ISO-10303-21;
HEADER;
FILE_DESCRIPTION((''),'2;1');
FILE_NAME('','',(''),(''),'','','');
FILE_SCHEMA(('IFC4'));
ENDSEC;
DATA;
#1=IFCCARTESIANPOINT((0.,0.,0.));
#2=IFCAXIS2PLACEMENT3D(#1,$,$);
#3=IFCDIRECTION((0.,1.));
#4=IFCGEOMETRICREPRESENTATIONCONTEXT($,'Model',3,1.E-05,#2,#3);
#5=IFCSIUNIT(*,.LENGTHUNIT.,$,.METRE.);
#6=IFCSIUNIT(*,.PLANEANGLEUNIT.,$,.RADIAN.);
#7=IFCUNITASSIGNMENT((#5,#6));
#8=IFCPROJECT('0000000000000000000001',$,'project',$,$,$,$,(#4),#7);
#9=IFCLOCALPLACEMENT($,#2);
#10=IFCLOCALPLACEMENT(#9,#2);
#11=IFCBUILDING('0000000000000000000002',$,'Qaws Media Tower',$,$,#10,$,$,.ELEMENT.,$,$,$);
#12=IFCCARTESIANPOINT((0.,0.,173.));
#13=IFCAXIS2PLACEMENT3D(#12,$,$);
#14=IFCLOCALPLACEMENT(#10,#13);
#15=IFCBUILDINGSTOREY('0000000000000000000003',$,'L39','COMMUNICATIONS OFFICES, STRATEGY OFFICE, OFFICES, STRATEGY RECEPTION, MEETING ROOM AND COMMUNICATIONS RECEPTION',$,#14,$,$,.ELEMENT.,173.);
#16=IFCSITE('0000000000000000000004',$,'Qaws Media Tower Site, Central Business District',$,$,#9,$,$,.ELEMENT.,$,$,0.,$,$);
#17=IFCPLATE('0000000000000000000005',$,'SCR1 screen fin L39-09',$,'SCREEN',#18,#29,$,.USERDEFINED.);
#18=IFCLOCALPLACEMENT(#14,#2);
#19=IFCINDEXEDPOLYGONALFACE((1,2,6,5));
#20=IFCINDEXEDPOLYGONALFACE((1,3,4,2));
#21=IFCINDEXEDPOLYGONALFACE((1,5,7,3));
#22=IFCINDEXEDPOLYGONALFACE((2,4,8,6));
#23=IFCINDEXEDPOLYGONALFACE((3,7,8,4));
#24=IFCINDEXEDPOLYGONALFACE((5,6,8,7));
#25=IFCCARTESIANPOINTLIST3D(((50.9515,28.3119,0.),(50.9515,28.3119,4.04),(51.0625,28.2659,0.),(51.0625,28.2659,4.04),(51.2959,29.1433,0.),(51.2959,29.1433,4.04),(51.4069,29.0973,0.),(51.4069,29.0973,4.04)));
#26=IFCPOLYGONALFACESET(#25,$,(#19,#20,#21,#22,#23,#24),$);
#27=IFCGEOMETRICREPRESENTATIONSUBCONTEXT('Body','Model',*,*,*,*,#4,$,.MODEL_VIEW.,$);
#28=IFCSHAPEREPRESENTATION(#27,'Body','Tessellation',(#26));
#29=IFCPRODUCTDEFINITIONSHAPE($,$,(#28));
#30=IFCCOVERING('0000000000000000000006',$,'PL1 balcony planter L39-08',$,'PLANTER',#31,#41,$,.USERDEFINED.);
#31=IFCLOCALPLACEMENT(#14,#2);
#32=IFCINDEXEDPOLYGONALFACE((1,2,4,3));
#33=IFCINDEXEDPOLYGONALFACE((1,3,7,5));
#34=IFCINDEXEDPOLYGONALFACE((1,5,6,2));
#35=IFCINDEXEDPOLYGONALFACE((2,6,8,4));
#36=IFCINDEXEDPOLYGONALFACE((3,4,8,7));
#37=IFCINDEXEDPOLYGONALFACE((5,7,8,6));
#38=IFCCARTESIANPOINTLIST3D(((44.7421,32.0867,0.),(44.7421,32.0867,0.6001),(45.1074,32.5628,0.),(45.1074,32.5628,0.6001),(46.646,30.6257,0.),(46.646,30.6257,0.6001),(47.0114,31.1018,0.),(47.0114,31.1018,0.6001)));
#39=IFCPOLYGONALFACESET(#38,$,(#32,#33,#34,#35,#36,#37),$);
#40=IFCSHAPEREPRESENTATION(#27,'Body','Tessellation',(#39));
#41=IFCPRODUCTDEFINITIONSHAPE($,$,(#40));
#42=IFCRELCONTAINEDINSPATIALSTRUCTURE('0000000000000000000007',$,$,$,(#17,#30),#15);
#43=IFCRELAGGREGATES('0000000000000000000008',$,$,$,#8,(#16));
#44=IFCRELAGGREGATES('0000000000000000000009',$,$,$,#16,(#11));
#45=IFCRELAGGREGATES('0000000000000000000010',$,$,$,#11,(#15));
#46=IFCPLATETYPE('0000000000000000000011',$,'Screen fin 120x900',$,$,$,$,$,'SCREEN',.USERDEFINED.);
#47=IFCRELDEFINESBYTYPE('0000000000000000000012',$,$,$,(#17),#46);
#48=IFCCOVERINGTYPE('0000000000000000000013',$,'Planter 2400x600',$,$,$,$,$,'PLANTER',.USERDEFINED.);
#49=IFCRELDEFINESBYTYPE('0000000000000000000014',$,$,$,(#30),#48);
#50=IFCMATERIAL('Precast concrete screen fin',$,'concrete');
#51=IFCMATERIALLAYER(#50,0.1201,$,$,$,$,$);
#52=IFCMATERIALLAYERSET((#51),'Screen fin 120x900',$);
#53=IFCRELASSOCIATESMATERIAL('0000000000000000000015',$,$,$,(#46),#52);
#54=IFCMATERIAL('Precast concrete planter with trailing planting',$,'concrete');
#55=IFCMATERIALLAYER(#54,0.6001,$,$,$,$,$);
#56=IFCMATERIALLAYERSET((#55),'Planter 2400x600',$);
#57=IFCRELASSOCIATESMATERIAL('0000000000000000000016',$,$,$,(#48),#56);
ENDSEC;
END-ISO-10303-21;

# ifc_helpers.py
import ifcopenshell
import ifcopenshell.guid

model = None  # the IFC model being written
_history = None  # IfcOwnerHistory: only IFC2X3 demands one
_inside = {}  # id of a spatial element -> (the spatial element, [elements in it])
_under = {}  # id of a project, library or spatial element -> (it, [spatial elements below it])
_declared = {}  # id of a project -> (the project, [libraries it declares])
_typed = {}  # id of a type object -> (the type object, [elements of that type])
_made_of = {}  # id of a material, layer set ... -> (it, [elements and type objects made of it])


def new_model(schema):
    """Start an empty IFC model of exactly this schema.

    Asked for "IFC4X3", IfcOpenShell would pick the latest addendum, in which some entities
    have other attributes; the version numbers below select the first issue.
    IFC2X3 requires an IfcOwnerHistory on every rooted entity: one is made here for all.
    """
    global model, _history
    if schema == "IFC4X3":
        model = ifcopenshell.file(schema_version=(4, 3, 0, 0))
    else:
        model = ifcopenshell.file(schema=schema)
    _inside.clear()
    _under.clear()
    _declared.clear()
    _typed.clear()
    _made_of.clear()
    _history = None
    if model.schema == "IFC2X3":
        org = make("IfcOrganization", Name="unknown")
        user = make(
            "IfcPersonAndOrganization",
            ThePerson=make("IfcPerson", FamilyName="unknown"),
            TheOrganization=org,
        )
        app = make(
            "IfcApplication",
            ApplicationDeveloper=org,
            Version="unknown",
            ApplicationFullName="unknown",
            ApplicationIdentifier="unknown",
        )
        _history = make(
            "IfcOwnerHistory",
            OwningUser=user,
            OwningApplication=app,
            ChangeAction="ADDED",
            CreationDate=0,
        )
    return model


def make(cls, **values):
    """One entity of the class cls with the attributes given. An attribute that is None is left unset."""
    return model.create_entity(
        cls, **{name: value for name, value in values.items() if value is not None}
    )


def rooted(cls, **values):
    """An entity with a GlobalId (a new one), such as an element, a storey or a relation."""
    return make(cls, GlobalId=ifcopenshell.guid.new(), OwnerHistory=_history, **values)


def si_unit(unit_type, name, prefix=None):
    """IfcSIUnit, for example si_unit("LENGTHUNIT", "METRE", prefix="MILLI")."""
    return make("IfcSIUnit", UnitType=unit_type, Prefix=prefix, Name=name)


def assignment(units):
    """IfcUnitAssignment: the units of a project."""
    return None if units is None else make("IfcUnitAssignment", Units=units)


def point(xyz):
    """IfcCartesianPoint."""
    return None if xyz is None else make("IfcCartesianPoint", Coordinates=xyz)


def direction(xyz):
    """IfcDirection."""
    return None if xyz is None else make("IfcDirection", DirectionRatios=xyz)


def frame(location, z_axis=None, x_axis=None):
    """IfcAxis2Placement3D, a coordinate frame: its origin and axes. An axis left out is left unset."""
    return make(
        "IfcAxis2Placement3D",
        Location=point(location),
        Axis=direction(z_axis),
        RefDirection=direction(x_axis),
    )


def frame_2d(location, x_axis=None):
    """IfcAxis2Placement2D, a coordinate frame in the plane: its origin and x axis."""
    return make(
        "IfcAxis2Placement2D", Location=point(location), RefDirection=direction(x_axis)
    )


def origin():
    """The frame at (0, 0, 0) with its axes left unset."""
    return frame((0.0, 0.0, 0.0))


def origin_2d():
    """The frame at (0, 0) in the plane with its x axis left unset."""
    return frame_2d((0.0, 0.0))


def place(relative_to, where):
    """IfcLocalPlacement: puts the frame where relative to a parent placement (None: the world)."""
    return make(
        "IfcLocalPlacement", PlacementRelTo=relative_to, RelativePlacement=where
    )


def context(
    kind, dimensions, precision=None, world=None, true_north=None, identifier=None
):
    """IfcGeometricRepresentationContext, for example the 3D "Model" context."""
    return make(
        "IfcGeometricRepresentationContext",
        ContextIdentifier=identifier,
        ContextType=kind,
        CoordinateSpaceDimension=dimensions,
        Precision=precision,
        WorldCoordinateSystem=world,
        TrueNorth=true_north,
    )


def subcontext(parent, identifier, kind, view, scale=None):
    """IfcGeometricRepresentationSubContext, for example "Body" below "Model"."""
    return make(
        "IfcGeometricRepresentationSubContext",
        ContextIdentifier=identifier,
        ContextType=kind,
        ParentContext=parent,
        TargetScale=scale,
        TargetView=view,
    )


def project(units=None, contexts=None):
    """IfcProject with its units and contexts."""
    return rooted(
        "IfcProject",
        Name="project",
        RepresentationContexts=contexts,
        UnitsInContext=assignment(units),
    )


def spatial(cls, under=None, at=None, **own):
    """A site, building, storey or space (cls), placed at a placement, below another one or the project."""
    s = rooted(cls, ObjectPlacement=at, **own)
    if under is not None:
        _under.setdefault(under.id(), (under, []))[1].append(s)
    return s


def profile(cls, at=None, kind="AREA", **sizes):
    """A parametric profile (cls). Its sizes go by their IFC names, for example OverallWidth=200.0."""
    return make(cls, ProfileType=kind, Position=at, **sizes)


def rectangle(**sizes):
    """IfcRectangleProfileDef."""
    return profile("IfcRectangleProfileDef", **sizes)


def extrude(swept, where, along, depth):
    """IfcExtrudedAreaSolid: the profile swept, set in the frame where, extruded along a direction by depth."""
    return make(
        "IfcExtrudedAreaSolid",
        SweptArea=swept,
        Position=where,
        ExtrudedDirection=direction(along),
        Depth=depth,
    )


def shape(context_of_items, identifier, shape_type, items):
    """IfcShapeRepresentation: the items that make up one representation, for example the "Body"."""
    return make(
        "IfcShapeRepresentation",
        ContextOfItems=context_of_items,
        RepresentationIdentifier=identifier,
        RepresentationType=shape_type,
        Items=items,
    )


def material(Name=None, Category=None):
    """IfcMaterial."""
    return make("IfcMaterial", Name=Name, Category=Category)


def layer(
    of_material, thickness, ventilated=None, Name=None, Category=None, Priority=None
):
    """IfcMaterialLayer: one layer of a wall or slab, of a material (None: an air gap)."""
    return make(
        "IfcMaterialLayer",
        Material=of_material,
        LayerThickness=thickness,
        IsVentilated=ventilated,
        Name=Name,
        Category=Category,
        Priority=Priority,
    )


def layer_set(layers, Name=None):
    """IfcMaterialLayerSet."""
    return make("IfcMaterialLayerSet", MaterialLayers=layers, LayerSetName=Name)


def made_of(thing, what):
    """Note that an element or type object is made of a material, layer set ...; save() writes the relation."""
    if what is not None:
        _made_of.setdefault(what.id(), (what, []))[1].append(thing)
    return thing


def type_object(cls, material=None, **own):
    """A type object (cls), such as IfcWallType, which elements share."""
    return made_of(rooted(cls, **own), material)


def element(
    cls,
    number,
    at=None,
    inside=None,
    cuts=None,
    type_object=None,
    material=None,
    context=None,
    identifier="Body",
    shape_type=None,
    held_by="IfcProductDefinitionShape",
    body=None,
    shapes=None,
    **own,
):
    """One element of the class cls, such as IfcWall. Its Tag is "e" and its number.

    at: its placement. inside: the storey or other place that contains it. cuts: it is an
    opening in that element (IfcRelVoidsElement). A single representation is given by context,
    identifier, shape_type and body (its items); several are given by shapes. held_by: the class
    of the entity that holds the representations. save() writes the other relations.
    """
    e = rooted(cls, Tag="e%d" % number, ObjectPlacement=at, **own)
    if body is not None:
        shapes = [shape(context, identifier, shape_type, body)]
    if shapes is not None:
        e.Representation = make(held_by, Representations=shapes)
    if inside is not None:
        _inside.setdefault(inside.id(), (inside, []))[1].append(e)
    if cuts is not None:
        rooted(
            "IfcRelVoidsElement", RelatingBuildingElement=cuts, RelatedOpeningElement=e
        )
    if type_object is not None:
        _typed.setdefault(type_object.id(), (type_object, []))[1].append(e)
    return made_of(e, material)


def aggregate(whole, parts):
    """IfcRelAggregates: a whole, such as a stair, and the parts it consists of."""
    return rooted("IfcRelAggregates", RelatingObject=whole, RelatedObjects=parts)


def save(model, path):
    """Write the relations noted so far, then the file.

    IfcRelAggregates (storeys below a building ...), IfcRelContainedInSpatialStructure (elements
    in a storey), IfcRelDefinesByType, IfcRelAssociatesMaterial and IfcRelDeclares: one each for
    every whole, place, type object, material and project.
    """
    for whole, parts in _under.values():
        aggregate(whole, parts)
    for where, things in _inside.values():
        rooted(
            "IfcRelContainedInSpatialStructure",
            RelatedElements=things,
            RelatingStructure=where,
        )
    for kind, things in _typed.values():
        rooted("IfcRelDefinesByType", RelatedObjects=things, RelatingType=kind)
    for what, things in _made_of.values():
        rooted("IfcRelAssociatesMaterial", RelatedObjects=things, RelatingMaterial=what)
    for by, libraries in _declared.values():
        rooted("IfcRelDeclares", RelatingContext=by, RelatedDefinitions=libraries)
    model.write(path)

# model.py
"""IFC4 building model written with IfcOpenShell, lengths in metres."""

from ifc_helpers import new_model, si_unit, direction, frame, origin, origin_2d, place, context, subcontext, project, spatial, rectangle, extrude, material, layer, layer_set, type_object, element, save


model = new_model("IFC4")

# Units and contexts
model_context = context("Model", 3, precision=1e-05, world=origin(), true_north=direction((0.0, 1.0)))
body_context = subcontext(model_context, "Body", "Model", "MODEL_VIEW")
ifc_project = project(units=[si_unit("LENGTHUNIT", "METRE"), si_unit("PLANEANGLEUNIT", "RADIAN")], contexts=[model_context])

# Site, building, storey
site_placement = place(None, origin())
site = spatial("IfcSite", under=ifc_project, at=site_placement, Name="Qaws Media Tower Site, Central Business District", CompositionType="ELEMENT", RefElevation=0.0)
building_placement = place(site_placement, origin())
building = spatial("IfcBuilding", under=site, at=building_placement, Name="Qaws Media Tower", CompositionType="ELEMENT")
storey_placement = place(building_placement, frame((0.0, 0.0, 173.0)))
storey = spatial("IfcBuildingStorey", under=building, at=storey_placement, Name="L39", Description="COMMUNICATIONS OFFICES, STRATEGY OFFICE, OFFICES, STRATEGY RECEPTION, MEETING ROOM AND COMMUNICATIONS RECEPTION", CompositionType="ELEMENT", Elevation=173.0)

# Plate
ifc_material_1 = material(Name="Precast concrete screen fin", Category="concrete")
ifc_layer_1 = layer(ifc_material_1, 0.1201)
ifc_layer_set_1 = layer_set([ifc_layer_1], Name="Screen fin 120x900")
plate_type_1 = type_object("IfcPlateType", Name="Screen fin 120x900", ElementType="SCREEN", PredefinedType="USERDEFINED", material=ifc_layer_set_1)
plate_1_placement = place(storey_placement, frame((51.1792, 28.7046, 0.0), z_axis=(0.0, 0.0, 1.0), x_axis=(-0.382683, -0.92388, 0.0)))
element("IfcPlate", 1, at=plate_1_placement, inside=storey, type_object=plate_type_1, Name="SCR1 screen fin L39-09", ObjectType="SCREEN", PredefinedType="USERDEFINED", context=body_context, shape_type="SweptSolid", body=[
    extrude(rectangle(XDim=0.8999, YDim=0.1201, at=origin_2d()), origin(), (0.0, 0.0, 1.0), 4.04),
])

# Covering
ifc_material_2 = material(Name="Precast concrete planter with trailing planting", Category="concrete")
ifc_layer_2 = layer(ifc_material_2, 0.6001)
ifc_layer_set_2 = layer_set([ifc_layer_2], Name="Planter 2400x600")
covering_type = type_object("IfcCoveringType", Name="Planter 2400x600", ElementType="PLANTER", PredefinedType="USERDEFINED", material=ifc_layer_set_2)
covering_placement = place(storey_placement, frame((45.8767, 31.5942, 0.0), z_axis=(0.0, 0.0, 1.0), x_axis=(0.793353, -0.608761, 0.0)))
element("IfcCovering", 2, at=covering_placement, inside=storey, type_object=covering_type, Name="PL1 balcony planter L39-08", ObjectType="PLANTER", PredefinedType="USERDEFINED", context=body_context, shape_type="SweptSolid", body=[
    extrude(rectangle(XDim=2.3999, YDim=0.6001, at=origin_2d()), origin(), (0.0, 0.0, 1.0), 0.6001),
])

save(model, "model.ifc")
